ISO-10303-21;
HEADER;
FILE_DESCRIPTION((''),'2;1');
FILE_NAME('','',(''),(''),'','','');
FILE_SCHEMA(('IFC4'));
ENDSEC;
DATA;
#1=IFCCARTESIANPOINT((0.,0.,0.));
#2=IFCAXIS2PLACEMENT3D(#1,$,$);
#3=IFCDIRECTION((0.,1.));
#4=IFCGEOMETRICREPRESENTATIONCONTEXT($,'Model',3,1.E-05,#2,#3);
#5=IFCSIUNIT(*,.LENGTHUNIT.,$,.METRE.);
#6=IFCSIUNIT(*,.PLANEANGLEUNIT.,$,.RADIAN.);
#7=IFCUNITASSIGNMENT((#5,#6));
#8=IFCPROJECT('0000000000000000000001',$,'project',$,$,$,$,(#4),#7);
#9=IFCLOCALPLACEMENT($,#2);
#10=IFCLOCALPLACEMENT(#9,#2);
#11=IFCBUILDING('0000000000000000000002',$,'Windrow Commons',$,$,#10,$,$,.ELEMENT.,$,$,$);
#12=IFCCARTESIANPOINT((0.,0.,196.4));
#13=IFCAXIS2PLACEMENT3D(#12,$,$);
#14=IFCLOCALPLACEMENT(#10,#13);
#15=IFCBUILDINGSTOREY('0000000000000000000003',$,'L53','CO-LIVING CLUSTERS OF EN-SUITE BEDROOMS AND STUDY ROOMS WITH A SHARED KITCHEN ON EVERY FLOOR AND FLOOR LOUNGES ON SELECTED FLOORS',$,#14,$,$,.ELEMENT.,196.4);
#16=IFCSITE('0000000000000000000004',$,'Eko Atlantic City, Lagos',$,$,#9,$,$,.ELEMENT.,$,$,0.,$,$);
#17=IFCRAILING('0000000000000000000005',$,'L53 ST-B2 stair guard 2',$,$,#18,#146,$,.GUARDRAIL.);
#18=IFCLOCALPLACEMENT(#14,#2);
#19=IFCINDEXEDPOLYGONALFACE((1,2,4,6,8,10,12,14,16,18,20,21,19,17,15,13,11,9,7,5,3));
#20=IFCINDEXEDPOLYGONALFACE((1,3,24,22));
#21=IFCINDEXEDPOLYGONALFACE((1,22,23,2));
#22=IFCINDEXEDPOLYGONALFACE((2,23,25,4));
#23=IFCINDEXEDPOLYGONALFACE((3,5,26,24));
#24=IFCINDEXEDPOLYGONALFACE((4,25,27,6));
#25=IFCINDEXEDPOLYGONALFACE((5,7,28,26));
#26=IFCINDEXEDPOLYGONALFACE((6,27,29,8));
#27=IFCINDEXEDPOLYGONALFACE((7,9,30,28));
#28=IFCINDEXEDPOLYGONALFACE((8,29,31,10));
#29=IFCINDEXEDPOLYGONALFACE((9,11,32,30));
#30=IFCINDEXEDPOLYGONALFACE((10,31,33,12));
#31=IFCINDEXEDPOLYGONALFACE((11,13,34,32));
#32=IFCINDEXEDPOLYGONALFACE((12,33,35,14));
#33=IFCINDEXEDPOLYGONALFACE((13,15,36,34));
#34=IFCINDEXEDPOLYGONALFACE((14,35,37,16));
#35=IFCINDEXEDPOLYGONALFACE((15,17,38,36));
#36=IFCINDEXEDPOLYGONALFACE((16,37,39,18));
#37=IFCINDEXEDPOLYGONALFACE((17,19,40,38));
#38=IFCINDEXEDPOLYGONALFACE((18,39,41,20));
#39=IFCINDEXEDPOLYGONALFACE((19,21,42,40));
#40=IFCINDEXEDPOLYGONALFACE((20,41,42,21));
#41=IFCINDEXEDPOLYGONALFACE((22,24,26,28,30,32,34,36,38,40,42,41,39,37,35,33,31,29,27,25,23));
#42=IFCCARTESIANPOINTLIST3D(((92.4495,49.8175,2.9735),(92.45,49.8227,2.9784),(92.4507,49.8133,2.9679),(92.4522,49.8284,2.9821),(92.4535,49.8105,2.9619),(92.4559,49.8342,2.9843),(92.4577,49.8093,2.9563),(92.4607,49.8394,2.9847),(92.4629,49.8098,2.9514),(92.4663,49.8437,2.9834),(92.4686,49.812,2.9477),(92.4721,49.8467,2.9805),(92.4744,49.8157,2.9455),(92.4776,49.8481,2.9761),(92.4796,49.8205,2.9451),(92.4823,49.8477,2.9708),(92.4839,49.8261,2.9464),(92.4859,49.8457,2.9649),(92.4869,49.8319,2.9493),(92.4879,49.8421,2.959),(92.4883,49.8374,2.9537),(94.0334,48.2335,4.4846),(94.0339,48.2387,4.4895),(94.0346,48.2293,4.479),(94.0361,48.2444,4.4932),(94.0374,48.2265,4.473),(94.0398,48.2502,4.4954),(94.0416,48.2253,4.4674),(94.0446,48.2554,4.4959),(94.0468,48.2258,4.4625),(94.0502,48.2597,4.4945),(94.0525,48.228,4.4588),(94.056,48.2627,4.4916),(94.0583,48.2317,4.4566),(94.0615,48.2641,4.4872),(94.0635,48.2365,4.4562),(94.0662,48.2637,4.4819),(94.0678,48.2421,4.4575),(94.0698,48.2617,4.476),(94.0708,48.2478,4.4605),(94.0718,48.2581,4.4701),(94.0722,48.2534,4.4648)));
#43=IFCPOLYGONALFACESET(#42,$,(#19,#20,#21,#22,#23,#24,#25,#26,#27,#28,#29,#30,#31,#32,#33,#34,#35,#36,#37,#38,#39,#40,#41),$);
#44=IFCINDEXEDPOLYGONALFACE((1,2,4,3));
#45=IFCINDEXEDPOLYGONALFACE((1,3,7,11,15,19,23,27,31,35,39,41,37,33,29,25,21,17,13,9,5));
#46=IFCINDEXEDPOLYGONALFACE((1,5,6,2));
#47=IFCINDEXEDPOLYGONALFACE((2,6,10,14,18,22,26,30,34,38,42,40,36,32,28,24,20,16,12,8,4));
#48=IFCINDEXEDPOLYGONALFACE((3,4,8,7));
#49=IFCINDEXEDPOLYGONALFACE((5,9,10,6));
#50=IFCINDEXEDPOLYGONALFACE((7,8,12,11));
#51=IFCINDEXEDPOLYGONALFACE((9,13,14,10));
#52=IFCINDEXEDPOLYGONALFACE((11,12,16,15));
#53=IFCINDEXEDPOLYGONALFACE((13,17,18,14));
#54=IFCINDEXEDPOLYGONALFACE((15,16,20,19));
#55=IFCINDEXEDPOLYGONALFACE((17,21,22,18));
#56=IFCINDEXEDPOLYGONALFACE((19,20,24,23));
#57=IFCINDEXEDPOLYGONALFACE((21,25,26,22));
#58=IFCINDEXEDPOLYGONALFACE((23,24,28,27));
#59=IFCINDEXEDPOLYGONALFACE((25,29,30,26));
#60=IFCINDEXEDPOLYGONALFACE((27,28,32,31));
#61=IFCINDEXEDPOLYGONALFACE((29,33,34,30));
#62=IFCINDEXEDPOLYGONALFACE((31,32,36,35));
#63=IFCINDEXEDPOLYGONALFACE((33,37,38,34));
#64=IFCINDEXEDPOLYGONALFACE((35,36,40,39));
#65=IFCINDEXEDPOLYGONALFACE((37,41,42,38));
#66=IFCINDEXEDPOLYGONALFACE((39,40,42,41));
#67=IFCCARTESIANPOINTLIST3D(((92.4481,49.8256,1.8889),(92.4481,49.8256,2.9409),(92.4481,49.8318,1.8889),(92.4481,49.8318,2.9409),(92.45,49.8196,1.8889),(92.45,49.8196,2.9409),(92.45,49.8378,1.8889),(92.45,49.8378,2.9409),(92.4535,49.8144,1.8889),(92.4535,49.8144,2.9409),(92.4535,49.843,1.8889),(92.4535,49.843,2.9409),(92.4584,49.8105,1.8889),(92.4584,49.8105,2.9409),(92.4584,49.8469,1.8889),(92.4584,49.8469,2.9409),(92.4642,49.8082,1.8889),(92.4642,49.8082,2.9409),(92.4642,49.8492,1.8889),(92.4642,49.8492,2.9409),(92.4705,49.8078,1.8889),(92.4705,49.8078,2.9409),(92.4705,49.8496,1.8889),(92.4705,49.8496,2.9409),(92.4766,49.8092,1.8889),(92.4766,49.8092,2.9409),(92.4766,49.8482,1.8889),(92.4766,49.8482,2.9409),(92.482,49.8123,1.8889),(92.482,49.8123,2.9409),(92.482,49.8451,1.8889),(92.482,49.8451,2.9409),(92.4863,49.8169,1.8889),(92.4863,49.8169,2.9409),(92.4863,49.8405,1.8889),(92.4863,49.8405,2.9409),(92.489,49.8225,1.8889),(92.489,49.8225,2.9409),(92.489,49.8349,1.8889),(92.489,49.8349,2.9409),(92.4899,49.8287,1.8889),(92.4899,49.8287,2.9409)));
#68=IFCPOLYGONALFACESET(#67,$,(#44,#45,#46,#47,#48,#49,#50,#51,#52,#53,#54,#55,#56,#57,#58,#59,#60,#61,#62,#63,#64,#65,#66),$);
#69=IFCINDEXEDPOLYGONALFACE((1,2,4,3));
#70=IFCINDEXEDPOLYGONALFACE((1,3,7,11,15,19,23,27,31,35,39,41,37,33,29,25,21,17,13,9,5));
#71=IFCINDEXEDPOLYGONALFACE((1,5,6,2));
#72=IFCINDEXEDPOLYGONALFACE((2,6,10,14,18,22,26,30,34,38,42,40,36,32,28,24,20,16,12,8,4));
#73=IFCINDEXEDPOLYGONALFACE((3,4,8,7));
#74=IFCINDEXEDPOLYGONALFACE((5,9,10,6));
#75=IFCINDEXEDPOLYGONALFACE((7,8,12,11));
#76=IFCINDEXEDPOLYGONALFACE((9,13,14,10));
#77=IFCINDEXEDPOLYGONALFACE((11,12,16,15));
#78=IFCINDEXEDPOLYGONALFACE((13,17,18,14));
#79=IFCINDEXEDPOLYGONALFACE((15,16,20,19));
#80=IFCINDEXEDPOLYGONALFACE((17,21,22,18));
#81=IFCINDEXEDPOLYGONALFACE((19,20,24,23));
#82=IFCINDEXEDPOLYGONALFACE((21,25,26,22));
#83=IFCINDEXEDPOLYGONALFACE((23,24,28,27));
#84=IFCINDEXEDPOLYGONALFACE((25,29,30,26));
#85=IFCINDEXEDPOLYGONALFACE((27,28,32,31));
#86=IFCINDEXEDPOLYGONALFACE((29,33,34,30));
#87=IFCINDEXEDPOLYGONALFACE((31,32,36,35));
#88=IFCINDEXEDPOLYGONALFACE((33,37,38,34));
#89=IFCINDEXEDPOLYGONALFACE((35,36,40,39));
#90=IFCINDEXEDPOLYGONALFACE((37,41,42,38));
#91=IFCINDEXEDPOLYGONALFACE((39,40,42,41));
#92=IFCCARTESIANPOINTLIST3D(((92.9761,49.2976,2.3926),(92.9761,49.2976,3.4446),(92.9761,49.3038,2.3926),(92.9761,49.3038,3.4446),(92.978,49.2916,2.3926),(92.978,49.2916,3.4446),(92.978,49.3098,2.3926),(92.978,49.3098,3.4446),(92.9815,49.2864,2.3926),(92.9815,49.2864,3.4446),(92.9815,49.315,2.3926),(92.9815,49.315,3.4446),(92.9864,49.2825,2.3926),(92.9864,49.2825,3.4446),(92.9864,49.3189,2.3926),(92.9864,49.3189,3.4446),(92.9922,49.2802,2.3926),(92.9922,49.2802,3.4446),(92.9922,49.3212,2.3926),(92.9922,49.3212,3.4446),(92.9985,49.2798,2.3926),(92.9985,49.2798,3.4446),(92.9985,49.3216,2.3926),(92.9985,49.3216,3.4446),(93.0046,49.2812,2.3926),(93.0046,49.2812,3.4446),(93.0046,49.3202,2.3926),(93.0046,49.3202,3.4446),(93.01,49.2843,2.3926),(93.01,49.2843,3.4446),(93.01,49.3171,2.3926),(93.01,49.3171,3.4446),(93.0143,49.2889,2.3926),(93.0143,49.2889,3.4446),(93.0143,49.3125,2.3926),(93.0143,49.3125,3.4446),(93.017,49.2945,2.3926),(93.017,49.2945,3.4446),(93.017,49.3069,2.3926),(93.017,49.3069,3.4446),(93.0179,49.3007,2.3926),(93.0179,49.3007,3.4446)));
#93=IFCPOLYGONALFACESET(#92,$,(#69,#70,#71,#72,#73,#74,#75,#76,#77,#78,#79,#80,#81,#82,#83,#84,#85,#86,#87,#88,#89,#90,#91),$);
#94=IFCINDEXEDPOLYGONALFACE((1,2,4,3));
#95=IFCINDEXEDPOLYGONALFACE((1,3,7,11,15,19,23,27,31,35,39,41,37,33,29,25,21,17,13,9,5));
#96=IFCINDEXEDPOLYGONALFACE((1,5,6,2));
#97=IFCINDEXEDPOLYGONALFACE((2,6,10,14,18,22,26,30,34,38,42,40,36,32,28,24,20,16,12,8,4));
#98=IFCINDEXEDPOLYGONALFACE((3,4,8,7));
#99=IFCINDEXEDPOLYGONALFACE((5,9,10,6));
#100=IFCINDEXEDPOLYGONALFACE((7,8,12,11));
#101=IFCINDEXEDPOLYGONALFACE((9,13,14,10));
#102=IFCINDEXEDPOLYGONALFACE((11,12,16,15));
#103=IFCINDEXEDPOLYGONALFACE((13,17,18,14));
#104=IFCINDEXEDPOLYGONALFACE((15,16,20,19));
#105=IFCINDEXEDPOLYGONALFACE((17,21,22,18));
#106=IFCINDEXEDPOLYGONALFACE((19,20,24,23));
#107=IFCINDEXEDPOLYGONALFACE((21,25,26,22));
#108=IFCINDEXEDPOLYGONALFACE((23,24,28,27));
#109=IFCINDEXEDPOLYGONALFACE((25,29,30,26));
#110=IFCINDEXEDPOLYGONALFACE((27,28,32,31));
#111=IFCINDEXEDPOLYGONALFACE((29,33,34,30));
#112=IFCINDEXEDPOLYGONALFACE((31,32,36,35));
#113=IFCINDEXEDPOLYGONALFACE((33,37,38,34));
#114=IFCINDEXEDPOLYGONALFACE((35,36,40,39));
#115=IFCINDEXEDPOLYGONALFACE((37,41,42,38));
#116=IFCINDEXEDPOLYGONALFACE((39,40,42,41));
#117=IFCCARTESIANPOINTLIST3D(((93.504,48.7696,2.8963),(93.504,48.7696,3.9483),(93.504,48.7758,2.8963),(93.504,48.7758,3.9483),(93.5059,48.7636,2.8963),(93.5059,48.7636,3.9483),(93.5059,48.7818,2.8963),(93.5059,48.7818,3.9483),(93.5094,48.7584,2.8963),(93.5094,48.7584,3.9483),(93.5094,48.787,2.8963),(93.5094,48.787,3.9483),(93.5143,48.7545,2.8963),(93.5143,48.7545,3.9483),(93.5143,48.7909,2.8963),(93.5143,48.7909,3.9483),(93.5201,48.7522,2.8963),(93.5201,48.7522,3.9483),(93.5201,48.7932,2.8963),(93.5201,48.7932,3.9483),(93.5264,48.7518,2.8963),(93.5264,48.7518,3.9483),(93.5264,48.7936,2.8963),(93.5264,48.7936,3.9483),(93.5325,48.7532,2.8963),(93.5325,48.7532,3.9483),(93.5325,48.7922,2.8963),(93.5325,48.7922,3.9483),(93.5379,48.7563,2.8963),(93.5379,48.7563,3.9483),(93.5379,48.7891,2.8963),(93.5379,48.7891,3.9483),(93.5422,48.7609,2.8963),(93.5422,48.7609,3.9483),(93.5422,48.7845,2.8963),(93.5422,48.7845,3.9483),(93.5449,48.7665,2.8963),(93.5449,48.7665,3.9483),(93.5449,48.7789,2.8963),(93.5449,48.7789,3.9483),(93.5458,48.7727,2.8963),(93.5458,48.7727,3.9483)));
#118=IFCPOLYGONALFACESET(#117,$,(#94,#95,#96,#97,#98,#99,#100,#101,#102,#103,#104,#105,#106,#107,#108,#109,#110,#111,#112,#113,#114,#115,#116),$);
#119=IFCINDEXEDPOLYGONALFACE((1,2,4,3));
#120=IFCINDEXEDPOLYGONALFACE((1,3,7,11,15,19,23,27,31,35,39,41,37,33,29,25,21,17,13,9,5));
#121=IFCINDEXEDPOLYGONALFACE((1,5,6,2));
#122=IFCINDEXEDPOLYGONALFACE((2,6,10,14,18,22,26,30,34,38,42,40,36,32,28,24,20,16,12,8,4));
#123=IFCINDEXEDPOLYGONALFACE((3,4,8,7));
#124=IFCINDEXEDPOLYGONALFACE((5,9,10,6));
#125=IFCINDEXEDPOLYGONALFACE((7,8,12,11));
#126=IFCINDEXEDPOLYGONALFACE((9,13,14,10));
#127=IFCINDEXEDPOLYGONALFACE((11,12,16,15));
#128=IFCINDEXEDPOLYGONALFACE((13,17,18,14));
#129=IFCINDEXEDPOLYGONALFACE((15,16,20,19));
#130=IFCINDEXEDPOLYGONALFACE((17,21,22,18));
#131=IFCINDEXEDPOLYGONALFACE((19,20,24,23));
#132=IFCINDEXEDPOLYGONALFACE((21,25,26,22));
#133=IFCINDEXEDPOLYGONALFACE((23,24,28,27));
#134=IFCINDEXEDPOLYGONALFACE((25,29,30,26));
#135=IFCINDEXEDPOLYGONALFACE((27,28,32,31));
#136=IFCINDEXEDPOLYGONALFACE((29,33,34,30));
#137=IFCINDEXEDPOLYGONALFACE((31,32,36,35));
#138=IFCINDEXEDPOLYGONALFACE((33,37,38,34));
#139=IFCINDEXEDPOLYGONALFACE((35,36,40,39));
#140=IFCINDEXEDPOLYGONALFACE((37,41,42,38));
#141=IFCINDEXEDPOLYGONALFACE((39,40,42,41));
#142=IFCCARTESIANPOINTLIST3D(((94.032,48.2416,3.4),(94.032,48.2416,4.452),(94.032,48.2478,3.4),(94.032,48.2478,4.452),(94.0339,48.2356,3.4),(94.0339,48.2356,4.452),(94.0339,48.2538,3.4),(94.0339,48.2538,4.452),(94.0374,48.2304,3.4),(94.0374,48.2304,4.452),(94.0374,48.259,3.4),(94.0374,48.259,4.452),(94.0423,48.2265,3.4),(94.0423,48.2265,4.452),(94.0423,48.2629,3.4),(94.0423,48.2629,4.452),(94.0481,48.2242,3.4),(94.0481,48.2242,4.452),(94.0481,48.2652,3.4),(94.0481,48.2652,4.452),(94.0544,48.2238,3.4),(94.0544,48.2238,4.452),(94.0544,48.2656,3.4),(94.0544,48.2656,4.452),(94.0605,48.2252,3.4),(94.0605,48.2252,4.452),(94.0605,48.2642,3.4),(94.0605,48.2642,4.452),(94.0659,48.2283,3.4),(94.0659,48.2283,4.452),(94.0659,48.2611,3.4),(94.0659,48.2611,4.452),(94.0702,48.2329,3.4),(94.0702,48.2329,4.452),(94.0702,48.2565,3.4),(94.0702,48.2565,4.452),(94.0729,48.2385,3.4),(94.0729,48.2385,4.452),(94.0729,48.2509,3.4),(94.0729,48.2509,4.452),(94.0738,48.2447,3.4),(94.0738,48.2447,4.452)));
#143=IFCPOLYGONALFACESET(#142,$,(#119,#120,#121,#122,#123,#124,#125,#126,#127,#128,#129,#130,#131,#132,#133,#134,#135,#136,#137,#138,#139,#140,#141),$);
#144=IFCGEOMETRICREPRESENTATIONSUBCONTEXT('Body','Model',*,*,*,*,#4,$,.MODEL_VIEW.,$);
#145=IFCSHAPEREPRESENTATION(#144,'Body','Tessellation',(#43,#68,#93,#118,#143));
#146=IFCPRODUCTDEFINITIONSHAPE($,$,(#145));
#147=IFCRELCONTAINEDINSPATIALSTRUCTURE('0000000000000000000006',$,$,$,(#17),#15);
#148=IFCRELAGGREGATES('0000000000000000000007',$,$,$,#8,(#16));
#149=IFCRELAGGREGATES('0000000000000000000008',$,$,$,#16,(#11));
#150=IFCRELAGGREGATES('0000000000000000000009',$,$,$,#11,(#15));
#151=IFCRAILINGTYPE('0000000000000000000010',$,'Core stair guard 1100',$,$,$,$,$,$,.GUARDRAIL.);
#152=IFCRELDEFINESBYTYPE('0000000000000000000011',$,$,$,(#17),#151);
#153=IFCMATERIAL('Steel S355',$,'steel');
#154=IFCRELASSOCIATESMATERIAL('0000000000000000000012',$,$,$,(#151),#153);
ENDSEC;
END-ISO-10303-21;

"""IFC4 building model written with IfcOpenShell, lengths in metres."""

from ifc_helpers import new_model, si_unit, direction, frame, origin, origin_2d, place, context, subcontext, project, spatial, circle, extrude, material, type_object, element, save


model = new_model("IFC4")

# Units and contexts
model_context = context("Model", 3, precision=1e-05, world=origin(), true_north=direction((0.0, 1.0)))
body_context = subcontext(model_context, "Body", "Model", "MODEL_VIEW")
ifc_project = project(units=[si_unit("LENGTHUNIT", "METRE"), si_unit("PLANEANGLEUNIT", "RADIAN")], contexts=[model_context])

# Site, building, storey
site_placement = place(None, origin())
site = spatial("IfcSite", under=ifc_project, at=site_placement, Name="Eko Atlantic City, Lagos", CompositionType="ELEMENT", RefElevation=0.0)
building_placement = place(site_placement, origin())
building = spatial("IfcBuilding", under=site, at=building_placement, Name="Windrow Commons", CompositionType="ELEMENT")
storey_placement = place(building_placement, frame((0.0, 0.0, 196.4)))
storey = spatial("IfcBuildingStorey", under=building, at=storey_placement, Name="L53", Description="CO-LIVING CLUSTERS OF EN-SUITE BEDROOMS AND STUDY ROOMS WITH A SHARED KITCHEN ON EVERY FLOOR AND FLOOR LOUNGES ON SELECTED FLOORS", CompositionType="ELEMENT", Elevation=196.4)

# Railing
ifc_material_1 = material(Name="Steel S355", Category="steel")
railing_type_1 = type_object("IfcRailingType", Name="Core stair guard 1100", PredefinedType="GUARDRAIL", material=ifc_material_1)
railing_1_placement = place(storey_placement, frame((92.4689, 49.8287, 1.8889)))
element("IfcRailing", 1, at=railing_1_placement, inside=storey, type_object=railing_type_1, Name="L53 ST-B2 stair guard 2", PredefinedType="GUARDRAIL", context=body_context, shape_type="SweptSolid", body=[
    extrude(circle(Radius=0.024, at=origin_2d()), frame((0.0, 0.0, 1.076), z_axis=(0.586179, -0.586216, 0.559237), x_axis=(0.707129, 0.707084, 0.0)), (0.0, 0.0, 1.0), 2.7021),
    extrude(circle(Radius=0.021, at=origin_2d()), origin(), (0.0, 0.0, 1.0), 1.052),
    extrude(circle(Radius=0.021, at=origin_2d()), frame((0.528, -0.528, 0.5037)), (0.0, 0.0, 1.0), 1.052),
    extrude(circle(Radius=0.021, at=origin_2d()), frame((1.0559, -1.056, 1.0074)), (0.0, 0.0, 1.0), 1.052),
    extrude(circle(Radius=0.021, at=origin_2d()), frame((1.5839, -1.584, 1.5111)), (0.0, 0.0, 1.0), 1.052),
])

save(model, "model.ifc")
